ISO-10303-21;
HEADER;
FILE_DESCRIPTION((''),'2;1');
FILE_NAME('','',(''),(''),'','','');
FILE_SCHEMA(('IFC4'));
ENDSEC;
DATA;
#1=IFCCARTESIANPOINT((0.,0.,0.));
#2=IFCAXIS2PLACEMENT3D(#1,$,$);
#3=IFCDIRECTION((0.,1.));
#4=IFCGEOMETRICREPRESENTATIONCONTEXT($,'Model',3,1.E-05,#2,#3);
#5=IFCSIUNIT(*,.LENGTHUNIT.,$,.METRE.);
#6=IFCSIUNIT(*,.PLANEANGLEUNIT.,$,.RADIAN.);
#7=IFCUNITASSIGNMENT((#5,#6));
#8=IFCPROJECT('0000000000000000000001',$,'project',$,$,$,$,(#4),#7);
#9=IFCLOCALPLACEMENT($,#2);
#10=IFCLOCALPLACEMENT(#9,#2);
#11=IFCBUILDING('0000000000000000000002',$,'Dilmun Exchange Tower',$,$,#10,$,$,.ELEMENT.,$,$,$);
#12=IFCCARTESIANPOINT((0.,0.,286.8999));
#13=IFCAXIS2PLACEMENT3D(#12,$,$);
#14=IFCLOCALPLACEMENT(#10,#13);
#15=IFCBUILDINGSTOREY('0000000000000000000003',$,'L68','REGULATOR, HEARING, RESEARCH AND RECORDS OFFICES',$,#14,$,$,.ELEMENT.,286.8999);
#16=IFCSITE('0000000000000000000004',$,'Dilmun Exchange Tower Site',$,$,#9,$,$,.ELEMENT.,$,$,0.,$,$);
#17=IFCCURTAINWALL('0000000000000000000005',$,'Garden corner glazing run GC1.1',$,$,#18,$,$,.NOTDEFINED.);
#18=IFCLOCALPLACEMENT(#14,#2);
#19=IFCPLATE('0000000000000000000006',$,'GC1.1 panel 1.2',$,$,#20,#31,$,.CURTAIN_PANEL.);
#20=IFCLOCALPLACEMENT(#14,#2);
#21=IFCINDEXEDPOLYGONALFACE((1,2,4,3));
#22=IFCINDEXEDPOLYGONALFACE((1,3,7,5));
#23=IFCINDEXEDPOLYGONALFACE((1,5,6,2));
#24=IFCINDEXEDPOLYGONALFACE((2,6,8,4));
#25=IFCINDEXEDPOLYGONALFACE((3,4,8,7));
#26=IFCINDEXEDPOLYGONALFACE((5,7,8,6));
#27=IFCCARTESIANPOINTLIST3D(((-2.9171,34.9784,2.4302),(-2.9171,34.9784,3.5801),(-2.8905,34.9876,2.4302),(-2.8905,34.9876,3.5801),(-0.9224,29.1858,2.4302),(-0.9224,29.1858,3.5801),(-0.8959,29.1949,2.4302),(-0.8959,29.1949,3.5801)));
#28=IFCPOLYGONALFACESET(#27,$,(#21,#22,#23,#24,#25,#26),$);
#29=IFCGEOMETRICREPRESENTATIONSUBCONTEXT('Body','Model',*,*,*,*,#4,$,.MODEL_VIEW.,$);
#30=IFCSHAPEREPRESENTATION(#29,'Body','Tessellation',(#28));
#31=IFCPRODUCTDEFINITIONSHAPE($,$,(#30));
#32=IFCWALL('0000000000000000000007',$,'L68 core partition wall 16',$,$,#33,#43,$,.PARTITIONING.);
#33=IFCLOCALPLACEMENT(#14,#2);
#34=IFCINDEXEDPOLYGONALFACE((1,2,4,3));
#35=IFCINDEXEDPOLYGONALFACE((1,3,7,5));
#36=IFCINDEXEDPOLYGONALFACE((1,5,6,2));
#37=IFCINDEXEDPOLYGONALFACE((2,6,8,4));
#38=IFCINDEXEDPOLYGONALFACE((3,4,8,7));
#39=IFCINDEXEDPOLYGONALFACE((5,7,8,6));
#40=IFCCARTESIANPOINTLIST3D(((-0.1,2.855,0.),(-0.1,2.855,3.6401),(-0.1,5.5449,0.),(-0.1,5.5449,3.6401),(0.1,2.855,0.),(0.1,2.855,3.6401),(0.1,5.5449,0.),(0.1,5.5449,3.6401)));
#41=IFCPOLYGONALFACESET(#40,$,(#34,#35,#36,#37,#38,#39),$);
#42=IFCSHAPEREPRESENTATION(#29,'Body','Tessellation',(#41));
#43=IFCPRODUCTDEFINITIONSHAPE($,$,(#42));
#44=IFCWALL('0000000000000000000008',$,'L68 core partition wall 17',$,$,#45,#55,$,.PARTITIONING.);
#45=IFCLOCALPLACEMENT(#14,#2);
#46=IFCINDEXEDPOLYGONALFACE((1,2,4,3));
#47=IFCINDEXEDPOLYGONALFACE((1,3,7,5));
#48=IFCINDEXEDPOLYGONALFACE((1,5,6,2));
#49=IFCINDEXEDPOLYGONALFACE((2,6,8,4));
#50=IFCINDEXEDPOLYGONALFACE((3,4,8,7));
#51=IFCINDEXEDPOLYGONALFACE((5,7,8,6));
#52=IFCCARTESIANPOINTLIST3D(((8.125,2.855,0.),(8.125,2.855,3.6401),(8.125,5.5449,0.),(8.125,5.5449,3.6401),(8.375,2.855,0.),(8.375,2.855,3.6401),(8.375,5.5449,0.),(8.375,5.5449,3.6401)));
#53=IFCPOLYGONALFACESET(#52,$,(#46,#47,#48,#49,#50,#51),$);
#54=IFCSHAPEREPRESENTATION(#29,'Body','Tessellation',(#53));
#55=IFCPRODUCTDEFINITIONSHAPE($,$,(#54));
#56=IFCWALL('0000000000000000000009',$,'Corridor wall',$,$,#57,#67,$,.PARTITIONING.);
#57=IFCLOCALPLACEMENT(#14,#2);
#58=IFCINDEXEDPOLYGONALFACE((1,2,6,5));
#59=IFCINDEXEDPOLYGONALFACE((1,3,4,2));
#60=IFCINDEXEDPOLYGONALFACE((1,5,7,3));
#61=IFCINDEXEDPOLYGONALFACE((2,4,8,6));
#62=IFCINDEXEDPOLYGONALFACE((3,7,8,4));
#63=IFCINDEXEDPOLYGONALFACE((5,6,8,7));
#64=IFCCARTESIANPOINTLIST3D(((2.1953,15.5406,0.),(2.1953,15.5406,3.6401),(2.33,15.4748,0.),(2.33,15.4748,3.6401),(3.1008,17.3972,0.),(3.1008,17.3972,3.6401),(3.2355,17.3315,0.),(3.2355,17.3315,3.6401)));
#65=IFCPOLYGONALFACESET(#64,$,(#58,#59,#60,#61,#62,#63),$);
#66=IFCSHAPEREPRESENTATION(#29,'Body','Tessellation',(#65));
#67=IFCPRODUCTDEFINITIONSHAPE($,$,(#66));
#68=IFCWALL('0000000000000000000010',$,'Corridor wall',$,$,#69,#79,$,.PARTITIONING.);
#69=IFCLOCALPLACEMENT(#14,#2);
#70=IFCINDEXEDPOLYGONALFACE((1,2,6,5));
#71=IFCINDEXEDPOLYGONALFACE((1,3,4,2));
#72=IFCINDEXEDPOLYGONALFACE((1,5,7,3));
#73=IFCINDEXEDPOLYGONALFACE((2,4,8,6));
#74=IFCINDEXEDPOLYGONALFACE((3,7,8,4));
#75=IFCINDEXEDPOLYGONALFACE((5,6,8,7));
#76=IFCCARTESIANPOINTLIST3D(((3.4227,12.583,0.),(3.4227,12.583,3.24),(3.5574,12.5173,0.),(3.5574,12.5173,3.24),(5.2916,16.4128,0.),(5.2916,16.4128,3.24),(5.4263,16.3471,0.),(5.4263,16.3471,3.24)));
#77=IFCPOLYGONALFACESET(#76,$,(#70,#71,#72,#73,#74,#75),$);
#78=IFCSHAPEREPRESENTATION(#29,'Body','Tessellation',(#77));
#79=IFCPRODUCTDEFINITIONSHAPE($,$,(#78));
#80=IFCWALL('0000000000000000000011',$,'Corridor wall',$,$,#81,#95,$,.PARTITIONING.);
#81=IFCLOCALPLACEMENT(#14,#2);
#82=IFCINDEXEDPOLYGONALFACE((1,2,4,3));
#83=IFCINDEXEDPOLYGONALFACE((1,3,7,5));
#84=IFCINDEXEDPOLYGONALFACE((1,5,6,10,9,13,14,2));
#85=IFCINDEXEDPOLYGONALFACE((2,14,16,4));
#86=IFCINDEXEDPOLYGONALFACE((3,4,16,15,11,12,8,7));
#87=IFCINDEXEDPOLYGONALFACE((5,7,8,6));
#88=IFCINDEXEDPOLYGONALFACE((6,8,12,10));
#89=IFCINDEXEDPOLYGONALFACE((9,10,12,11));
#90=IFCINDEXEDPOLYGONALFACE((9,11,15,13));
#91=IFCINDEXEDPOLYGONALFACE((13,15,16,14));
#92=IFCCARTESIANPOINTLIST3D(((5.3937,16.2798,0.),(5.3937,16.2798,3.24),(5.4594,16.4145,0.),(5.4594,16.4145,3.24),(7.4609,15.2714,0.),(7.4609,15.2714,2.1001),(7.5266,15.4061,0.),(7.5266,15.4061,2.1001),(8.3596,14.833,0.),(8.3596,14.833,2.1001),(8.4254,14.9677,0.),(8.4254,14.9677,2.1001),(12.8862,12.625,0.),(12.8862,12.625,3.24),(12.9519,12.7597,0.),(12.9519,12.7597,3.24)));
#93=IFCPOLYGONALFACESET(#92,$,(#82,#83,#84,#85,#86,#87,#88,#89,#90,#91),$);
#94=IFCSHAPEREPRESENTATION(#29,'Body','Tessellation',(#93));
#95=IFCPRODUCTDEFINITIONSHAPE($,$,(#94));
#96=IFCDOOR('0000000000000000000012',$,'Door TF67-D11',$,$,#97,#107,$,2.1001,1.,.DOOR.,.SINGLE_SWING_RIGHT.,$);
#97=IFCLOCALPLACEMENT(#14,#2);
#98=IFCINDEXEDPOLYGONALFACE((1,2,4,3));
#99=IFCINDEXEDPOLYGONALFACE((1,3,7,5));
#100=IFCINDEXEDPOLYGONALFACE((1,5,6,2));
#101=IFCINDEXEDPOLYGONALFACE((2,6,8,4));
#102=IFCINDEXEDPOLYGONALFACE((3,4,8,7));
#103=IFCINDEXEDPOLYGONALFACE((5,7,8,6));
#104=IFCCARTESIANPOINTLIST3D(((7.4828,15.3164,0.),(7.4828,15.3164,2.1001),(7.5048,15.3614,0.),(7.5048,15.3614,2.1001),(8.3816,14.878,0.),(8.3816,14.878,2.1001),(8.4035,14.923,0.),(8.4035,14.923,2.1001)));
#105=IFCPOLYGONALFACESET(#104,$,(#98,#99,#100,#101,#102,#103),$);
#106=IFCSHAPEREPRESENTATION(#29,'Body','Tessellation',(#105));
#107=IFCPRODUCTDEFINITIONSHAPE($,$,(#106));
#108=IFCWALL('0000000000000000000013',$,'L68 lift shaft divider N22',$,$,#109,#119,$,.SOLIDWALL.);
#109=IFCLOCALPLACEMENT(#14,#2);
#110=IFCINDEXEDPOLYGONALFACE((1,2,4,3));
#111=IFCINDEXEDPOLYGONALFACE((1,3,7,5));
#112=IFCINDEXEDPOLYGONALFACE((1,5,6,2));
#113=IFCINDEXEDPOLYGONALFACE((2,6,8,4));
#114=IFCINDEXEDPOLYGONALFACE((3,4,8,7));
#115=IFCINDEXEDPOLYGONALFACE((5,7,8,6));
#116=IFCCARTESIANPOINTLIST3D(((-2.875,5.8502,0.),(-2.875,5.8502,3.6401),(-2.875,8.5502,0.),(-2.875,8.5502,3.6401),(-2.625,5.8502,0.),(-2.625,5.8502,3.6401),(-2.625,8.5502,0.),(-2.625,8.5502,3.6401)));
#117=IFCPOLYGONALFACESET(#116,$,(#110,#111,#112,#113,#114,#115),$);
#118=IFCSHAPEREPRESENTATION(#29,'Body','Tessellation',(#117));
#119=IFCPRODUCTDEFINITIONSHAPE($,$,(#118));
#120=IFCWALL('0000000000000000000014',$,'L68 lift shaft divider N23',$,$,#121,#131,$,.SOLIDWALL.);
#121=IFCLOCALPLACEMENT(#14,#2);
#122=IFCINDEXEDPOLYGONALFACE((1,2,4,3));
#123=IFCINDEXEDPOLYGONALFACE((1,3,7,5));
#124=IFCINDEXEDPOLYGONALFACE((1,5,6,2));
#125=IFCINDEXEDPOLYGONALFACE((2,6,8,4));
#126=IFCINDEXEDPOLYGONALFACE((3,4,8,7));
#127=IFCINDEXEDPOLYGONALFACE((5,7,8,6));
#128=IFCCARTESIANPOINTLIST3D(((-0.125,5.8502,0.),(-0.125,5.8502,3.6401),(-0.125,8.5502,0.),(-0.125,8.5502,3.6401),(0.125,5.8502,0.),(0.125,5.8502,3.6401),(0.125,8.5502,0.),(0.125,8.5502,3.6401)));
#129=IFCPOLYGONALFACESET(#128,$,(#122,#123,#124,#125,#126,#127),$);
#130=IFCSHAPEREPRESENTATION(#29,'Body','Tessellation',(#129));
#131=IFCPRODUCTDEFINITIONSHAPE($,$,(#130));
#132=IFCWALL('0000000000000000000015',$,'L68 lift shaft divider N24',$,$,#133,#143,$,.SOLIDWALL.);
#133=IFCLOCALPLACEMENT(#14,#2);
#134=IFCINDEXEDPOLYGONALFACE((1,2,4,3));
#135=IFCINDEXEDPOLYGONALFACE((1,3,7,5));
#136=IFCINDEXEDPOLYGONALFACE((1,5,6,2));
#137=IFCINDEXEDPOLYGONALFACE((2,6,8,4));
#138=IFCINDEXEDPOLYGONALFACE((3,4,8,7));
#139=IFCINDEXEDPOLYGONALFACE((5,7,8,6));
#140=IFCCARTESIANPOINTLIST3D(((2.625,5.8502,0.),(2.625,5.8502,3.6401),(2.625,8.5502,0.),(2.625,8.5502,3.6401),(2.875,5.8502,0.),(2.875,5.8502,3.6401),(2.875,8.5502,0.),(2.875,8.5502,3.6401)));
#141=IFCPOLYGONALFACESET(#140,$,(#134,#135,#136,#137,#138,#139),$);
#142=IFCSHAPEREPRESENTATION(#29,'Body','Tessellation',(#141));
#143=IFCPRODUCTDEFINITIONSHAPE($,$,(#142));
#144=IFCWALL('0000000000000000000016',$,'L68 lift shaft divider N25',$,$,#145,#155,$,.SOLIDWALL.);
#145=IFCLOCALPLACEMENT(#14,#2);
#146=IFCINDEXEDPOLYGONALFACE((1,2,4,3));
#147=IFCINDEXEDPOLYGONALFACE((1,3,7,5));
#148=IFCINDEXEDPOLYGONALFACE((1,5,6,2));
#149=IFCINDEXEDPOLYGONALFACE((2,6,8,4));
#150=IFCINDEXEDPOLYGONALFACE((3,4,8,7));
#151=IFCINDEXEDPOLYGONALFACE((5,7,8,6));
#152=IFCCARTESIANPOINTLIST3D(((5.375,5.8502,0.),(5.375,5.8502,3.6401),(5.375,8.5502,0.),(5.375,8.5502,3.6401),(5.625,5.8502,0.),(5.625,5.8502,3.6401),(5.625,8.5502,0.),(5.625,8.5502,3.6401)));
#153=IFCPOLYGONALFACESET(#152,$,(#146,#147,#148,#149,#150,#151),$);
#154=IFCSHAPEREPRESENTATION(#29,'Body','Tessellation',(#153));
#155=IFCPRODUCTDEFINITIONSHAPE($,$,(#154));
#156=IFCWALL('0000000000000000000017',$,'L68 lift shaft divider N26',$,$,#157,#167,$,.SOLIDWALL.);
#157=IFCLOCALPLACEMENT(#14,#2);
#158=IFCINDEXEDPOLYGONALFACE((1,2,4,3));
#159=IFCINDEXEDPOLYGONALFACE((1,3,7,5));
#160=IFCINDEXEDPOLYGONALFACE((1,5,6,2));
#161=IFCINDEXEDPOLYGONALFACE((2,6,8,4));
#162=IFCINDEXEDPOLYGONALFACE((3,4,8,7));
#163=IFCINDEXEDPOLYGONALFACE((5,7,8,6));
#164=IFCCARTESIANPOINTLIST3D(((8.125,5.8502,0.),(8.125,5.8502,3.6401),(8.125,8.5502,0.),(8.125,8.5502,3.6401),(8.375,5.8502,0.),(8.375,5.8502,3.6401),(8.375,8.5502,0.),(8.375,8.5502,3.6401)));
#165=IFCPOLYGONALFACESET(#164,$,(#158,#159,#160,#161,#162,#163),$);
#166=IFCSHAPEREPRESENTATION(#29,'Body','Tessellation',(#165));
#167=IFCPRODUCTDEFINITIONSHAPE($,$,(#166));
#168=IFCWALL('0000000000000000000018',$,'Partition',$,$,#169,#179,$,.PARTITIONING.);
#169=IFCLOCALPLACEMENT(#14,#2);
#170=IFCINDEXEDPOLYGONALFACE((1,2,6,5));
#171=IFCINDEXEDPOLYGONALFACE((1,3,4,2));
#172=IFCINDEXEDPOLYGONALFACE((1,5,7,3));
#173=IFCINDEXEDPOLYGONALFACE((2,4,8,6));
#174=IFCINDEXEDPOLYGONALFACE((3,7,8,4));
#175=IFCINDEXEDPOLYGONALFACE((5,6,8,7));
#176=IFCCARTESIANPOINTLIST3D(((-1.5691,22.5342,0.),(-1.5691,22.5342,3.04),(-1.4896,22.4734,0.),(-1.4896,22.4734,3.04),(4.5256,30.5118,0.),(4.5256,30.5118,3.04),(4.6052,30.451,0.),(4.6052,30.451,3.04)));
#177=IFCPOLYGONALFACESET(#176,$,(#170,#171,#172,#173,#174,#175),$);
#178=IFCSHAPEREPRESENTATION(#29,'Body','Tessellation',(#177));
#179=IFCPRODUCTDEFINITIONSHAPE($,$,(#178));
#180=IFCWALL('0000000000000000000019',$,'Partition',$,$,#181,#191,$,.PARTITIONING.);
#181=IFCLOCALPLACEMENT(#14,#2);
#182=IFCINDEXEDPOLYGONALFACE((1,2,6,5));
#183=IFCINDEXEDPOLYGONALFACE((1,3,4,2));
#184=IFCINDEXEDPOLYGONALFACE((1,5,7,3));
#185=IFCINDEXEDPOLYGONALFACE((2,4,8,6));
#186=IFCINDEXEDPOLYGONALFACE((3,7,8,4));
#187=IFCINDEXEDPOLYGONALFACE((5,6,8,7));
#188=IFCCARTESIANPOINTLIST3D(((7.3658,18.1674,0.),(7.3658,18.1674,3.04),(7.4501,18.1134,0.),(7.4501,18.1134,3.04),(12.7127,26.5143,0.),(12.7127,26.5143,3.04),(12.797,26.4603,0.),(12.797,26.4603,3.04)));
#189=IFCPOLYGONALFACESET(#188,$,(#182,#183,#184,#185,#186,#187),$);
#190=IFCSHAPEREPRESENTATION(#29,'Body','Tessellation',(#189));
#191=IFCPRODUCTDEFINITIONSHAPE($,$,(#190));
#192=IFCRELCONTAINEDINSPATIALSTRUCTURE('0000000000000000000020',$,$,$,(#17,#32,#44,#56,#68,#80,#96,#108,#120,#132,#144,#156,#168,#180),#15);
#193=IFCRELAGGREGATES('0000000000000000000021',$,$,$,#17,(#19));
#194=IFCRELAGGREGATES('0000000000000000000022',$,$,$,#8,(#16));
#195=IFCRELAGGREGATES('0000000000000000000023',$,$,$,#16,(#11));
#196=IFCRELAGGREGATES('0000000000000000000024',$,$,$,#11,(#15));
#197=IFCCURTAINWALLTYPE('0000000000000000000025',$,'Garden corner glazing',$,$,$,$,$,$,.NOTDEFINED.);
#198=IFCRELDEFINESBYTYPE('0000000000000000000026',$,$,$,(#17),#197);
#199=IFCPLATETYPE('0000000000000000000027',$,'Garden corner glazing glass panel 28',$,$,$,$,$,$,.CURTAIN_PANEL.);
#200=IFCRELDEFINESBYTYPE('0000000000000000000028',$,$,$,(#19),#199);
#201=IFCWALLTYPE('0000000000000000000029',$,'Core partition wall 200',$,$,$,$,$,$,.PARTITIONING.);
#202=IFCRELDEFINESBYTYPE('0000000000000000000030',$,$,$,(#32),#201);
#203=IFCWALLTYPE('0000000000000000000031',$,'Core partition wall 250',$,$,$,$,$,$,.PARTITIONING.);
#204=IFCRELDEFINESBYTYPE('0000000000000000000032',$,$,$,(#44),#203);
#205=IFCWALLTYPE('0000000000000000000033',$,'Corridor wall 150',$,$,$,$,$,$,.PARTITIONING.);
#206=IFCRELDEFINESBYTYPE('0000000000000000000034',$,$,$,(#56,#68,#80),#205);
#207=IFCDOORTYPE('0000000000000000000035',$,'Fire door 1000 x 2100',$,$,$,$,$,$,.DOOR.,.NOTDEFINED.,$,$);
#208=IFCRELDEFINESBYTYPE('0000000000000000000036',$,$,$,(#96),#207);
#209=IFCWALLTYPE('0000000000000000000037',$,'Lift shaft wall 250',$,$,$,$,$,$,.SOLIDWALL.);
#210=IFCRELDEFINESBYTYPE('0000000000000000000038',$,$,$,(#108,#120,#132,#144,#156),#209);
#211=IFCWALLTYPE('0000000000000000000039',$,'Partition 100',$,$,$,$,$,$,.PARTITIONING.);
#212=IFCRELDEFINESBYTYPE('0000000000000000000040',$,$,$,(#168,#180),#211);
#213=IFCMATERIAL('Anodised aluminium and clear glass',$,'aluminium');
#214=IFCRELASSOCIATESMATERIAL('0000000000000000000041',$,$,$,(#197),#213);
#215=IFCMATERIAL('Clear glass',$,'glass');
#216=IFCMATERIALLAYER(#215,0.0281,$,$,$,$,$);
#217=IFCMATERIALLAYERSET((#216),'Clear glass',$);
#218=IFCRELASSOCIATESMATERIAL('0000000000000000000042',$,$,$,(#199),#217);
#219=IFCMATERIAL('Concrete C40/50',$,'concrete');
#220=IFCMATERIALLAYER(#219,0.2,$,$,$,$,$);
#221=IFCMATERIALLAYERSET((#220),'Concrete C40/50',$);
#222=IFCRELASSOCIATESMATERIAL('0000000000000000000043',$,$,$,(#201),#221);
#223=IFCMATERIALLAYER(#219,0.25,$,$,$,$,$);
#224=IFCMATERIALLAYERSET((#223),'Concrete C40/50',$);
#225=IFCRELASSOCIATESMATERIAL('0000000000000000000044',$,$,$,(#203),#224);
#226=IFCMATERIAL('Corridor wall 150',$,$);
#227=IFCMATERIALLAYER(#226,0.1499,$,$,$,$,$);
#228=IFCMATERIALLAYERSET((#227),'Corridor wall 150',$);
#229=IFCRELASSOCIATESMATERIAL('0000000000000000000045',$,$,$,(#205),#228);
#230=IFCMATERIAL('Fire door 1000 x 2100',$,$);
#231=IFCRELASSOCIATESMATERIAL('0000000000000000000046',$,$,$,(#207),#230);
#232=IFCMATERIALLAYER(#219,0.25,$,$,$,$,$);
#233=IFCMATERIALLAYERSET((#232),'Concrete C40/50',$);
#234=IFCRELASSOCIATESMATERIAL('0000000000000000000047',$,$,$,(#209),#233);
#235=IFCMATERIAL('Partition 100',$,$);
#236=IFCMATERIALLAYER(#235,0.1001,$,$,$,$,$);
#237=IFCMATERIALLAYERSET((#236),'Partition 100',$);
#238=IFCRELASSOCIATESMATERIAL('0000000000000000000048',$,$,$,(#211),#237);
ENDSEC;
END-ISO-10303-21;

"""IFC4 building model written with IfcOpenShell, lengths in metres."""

from ifc_helpers import new_model, si_unit, direction, frame, frame_2d, origin, origin_2d, place, context, subcontext, project, spatial, rectangle, extrude, material, layer, layer_set, type_object, element, fill, aggregate, save


model = new_model("IFC4")

# Units and contexts
model_context = context("Model", 3, precision=1e-05, world=origin(), true_north=direction((0.0, 1.0)))
body_context = subcontext(model_context, "Body", "Model", "MODEL_VIEW")
ifc_project = project(units=[si_unit("LENGTHUNIT", "METRE"), si_unit("PLANEANGLEUNIT", "RADIAN")], contexts=[model_context])

# Site, building, storey
site_placement = place(None, origin())
site = spatial("IfcSite", under=ifc_project, at=site_placement, Name="Dilmun Exchange Tower Site", CompositionType="ELEMENT", RefElevation=0.0)
building_placement = place(site_placement, origin())
building = spatial("IfcBuilding", under=site, at=building_placement, Name="Dilmun Exchange Tower", CompositionType="ELEMENT")
storey_placement = place(building_placement, frame((0.0, 0.0, 286.8999)))
storey = spatial("IfcBuildingStorey", under=building, at=storey_placement, Name="L68", Description="REGULATOR, HEARING, RESEARCH AND RECORDS OFFICES", CompositionType="ELEMENT", Elevation=286.8999)

# Curtain wall
ifc_material_1 = material(Name="Anodised aluminium and clear glass", Category="aluminium")
curtain_wall_type = type_object("IfcCurtainWallType", Name="Garden corner glazing", PredefinedType="NOTDEFINED", material=ifc_material_1)
curtain_wall_1_placement = place(storey_placement, origin())
curtain_wall_1 = element("IfcCurtainWall", 1, at=curtain_wall_1_placement, inside=storey, type_object=curtain_wall_type, Name="Garden corner glazing run GC1.1", PredefinedType="NOTDEFINED")

# Shared definitions
ifc_material_2 = material(Name="Concrete C40/50", Category="concrete")

# Plate
ifc_material_3 = material(Name="Clear glass", Category="glass")
ifc_layer_1 = layer(ifc_material_3, 0.0281)
ifc_layer_set_1 = layer_set([ifc_layer_1], Name="Clear glass")
plate_type = type_object("IfcPlateType", Name="Garden corner glazing glass panel 28", PredefinedType="CURTAIN_PANEL", material=ifc_layer_set_1)
plate_1_placement = place(storey_placement, frame((-1.9065, 32.0867, 2.4302), z_axis=(0.0, 0.0, 1.0), x_axis=(0.325578, -0.945515, 0.0)))
plate_1 = element("IfcPlate", 2, at=plate_1_placement, type_object=plate_type, Name="GC1.1 panel 1.2", PredefinedType="CURTAIN_PANEL", context=body_context, shape_type="SweptSolid", body=[
    extrude(rectangle(XDim=6.1265, YDim=0.0281, at=origin_2d()), origin(), (0.0, 0.0, 1.0), 1.1499),
])
aggregate(curtain_wall_1, [plate_1])

# Walls
ifc_layer_2 = layer(ifc_material_2, 0.2)
ifc_layer_set_2 = layer_set([ifc_layer_2], Name="Concrete C40/50")
wall_type_1 = type_object("IfcWallType", Name="Core partition wall 200", PredefinedType="PARTITIONING", material=ifc_layer_set_2)
wall_1_placement = place(storey_placement, frame((0.0, 2.855, 0.0), z_axis=(0.0, 0.0, 1.0), x_axis=(0.0, 1.0, 0.0)))
element("IfcWall", 3, at=wall_1_placement, inside=storey, type_object=wall_type_1, Name="L68 core partition wall 16", PredefinedType="PARTITIONING", context=body_context, shape_type="SweptSolid", body=[
    extrude(rectangle(XDim=2.6899, YDim=0.2, at=frame_2d((1.345, 0.0))), origin(), (0.0, 0.0, 1.0), 3.6401),
])
ifc_layer_3 = layer(ifc_material_2, 0.25)
ifc_layer_set_3 = layer_set([ifc_layer_3], Name="Concrete C40/50")
wall_type_2 = type_object("IfcWallType", Name="Core partition wall 250", PredefinedType="PARTITIONING", material=ifc_layer_set_3)
wall_2_placement = place(storey_placement, frame((8.25, 2.855, 0.0), z_axis=(0.0, 0.0, 1.0), x_axis=(0.0, 1.0, 0.0)))
element("IfcWall", 4, at=wall_2_placement, inside=storey, type_object=wall_type_2, Name="L68 core partition wall 17", PredefinedType="PARTITIONING", context=body_context, shape_type="SweptSolid", body=[
    extrude(rectangle(XDim=2.6899, YDim=0.25, at=frame_2d((1.345, 0.0))), origin(), (0.0, 0.0, 1.0), 3.6401),
])
ifc_material_4 = material(Name="Corridor wall 150")
ifc_layer_4 = layer(ifc_material_4, 0.1499)
ifc_layer_set_4 = layer_set([ifc_layer_4], Name="Corridor wall 150")
wall_type_3 = type_object("IfcWallType", Name="Corridor wall 150", PredefinedType="PARTITIONING", material=ifc_layer_set_4)
wall_3_placement = place(storey_placement, frame((2.2627, 15.5078, 0.0), z_axis=(0.0, 0.0, 1.0), x_axis=(0.438351, 0.898804, 0.0)))
element("IfcWall", 5, at=wall_3_placement, inside=storey, type_object=wall_type_3, Name="Corridor wall", PredefinedType="PARTITIONING", context=body_context, shape_type="SweptSolid", body=[
    extrude(rectangle(XDim=2.0657, YDim=0.1499, at=frame_2d((1.0327, 0.0))), origin(), (0.0, 0.0, 1.0), 3.6401),
])
wall_4_placement = place(storey_placement, frame((3.49, 12.55, 0.0), z_axis=(0.0, 0.0, 1.0), x_axis=(0.438553, 0.898705, 0.0)))
element("IfcWall", 6, at=wall_4_placement, inside=storey, type_object=wall_type_3, Name="Corridor wall", PredefinedType="PARTITIONING", context=body_context, shape_type="SweptSolid", body=[
    extrude(rectangle(XDim=4.2615, YDim=0.1499, at=frame_2d((2.1309, 0.0))), origin(), (0.0, 0.0, 1.0), 3.24),
])

# Wall, opening, door
wall_5_placement = place(storey_placement, frame((5.4265, 16.3472, 0.0), z_axis=(0.0, 0.0, 1.0), x_axis=(0.898771, -0.438418, 0.0)))
wall_5 = element("IfcWall", 7, at=wall_5_placement, inside=storey, type_object=wall_type_3, Name="Corridor wall", PredefinedType="PARTITIONING", context=body_context, shape_type="SweptSolid", body=[
    extrude(rectangle(XDim=8.3364, YDim=0.1499, at=frame_2d((4.1682, 0.0))), origin(), (0.0, 0.0, 1.0), 3.24),
])
opening_1_placement = place(wall_5_placement, frame((2.3, 0.0, 0.0)))
opening_1 = element("IfcOpeningElement", 8, at=opening_1_placement, cuts=wall_5, PredefinedType="OPENING", context=body_context, shape_type="SweptSolid", body=[
    extrude(rectangle(XDim=1.0, YDim=2.1001, at=frame_2d((0.5, 1.05))), frame((0.0, 0.085, 0.0), z_axis=(0.0, -1.0, 0.0), x_axis=(1.0, 0.0, 0.0)), (0.0, 0.0, 1.0), 0.1699),
])
ifc_material_5 = material(Name="Fire door 1000 x 2100")
door_type_1 = type_object("IfcDoorType", Name="Fire door 1000 x 2100", OperationType="NOTDEFINED", PredefinedType="DOOR", material=ifc_material_5)
door_1_placement = place(opening_1_placement, frame((1.0, 0.0, 0.0), z_axis=(0.0, 0.0, 1.0), x_axis=(-1.0, 0.0, 0.0)))
door_1 = element("IfcDoor", 9, at=door_1_placement, inside=storey, type_object=door_type_1, Name="Door TF67-D11", OperationType="SINGLE_SWING_RIGHT", OverallHeight=2.1001, OverallWidth=1.0, PredefinedType="DOOR", context=body_context, shape_type="SweptSolid", body=[
    extrude(rectangle(XDim=1.0, YDim=2.1001, at=frame_2d((0.5, 1.05))), frame((0.0, 0.0249, 0.0), z_axis=(0.0, -1.0, 0.0), x_axis=(1.0, 0.0, 0.0)), (0.0, 0.0, 1.0), 0.05),
])
fill(opening_1, door_1)

# Walls
ifc_layer_5 = layer(ifc_material_2, 0.25)
ifc_layer_set_5 = layer_set([ifc_layer_5], Name="Concrete C40/50")
wall_type_4 = type_object("IfcWallType", Name="Lift shaft wall 250", PredefinedType="SOLIDWALL", material=ifc_layer_set_5)
for number, where, z_axis, x_axis, name in (
    (10, (-2.75, 5.8501, 0.0), (0.0, 0.0, 1.0), (0.0, 1.0, 0.0), "L68 lift shaft divider N22"),
    (11, (0.0, 5.8501, 0.0), (0.0, 0.0, 1.0), (0.0, 1.0, 0.0), "L68 lift shaft divider N23"),
    (12, (2.75, 5.8501, 0.0), (0.0, 0.0, 1.0), (0.0, 1.0, 0.0), "L68 lift shaft divider N24"),
    (13, (5.5, 5.8501, 0.0), (0.0, 0.0, 1.0), (0.0, 1.0, 0.0), "L68 lift shaft divider N25"),
    (14, (8.25, 5.8501, 0.0), (0.0, 0.0, 1.0), (0.0, 1.0, 0.0), "L68 lift shaft divider N26"),
):
    element("IfcWall", number, at=place(storey_placement, frame(where, z_axis=z_axis, x_axis=x_axis)), inside=storey, type_object=wall_type_4, Name=name, PredefinedType="SOLIDWALL", context=body_context, shape_type="SweptSolid", body=[
        extrude(rectangle(XDim=2.7, YDim=0.25, at=frame_2d((1.3501, 0.0))), origin(), (0.0, 0.0, 1.0), 3.6401),
    ])
ifc_material_6 = material(Name="Partition 100")
ifc_layer_6 = layer(ifc_material_6, 0.1001)
ifc_layer_set_6 = layer_set([ifc_layer_6], Name="Partition 100")
wall_type_5 = type_object("IfcWallType", Name="Partition 100", PredefinedType="PARTITIONING", material=ifc_layer_set_6)
wall_6_placement = place(storey_placement, frame((-1.5293, 22.5039, 0.0), z_axis=(0.0, 0.0, 1.0), x_axis=(0.607089, 0.794634, 0.0)))
element("IfcWall", 15, at=wall_6_placement, inside=storey, type_object=wall_type_5, Name="Partition", PredefinedType="PARTITIONING", context=body_context, shape_type="SweptSolid", body=[
    extrude(rectangle(XDim=10.0393, YDim=0.1001, at=frame_2d((5.0195, 0.0))), origin(), (0.0, 0.0, 1.0), 3.04),
])
wall_7_placement = place(storey_placement, frame((7.408, 18.1404, 0.0), z_axis=(0.0, 0.0, 1.0), x_axis=(0.539404, 0.842047, 0.0)))
element("IfcWall", 16, at=wall_7_placement, inside=storey, type_object=wall_type_5, Name="Partition", PredefinedType="PARTITIONING", context=body_context, shape_type="SweptSolid", body=[
    extrude(rectangle(XDim=9.9126, YDim=0.1001, at=frame_2d((4.9563, 0.0))), origin(), (0.0, 0.0, 1.0), 3.04),
])

save(model, "model.ifc")
